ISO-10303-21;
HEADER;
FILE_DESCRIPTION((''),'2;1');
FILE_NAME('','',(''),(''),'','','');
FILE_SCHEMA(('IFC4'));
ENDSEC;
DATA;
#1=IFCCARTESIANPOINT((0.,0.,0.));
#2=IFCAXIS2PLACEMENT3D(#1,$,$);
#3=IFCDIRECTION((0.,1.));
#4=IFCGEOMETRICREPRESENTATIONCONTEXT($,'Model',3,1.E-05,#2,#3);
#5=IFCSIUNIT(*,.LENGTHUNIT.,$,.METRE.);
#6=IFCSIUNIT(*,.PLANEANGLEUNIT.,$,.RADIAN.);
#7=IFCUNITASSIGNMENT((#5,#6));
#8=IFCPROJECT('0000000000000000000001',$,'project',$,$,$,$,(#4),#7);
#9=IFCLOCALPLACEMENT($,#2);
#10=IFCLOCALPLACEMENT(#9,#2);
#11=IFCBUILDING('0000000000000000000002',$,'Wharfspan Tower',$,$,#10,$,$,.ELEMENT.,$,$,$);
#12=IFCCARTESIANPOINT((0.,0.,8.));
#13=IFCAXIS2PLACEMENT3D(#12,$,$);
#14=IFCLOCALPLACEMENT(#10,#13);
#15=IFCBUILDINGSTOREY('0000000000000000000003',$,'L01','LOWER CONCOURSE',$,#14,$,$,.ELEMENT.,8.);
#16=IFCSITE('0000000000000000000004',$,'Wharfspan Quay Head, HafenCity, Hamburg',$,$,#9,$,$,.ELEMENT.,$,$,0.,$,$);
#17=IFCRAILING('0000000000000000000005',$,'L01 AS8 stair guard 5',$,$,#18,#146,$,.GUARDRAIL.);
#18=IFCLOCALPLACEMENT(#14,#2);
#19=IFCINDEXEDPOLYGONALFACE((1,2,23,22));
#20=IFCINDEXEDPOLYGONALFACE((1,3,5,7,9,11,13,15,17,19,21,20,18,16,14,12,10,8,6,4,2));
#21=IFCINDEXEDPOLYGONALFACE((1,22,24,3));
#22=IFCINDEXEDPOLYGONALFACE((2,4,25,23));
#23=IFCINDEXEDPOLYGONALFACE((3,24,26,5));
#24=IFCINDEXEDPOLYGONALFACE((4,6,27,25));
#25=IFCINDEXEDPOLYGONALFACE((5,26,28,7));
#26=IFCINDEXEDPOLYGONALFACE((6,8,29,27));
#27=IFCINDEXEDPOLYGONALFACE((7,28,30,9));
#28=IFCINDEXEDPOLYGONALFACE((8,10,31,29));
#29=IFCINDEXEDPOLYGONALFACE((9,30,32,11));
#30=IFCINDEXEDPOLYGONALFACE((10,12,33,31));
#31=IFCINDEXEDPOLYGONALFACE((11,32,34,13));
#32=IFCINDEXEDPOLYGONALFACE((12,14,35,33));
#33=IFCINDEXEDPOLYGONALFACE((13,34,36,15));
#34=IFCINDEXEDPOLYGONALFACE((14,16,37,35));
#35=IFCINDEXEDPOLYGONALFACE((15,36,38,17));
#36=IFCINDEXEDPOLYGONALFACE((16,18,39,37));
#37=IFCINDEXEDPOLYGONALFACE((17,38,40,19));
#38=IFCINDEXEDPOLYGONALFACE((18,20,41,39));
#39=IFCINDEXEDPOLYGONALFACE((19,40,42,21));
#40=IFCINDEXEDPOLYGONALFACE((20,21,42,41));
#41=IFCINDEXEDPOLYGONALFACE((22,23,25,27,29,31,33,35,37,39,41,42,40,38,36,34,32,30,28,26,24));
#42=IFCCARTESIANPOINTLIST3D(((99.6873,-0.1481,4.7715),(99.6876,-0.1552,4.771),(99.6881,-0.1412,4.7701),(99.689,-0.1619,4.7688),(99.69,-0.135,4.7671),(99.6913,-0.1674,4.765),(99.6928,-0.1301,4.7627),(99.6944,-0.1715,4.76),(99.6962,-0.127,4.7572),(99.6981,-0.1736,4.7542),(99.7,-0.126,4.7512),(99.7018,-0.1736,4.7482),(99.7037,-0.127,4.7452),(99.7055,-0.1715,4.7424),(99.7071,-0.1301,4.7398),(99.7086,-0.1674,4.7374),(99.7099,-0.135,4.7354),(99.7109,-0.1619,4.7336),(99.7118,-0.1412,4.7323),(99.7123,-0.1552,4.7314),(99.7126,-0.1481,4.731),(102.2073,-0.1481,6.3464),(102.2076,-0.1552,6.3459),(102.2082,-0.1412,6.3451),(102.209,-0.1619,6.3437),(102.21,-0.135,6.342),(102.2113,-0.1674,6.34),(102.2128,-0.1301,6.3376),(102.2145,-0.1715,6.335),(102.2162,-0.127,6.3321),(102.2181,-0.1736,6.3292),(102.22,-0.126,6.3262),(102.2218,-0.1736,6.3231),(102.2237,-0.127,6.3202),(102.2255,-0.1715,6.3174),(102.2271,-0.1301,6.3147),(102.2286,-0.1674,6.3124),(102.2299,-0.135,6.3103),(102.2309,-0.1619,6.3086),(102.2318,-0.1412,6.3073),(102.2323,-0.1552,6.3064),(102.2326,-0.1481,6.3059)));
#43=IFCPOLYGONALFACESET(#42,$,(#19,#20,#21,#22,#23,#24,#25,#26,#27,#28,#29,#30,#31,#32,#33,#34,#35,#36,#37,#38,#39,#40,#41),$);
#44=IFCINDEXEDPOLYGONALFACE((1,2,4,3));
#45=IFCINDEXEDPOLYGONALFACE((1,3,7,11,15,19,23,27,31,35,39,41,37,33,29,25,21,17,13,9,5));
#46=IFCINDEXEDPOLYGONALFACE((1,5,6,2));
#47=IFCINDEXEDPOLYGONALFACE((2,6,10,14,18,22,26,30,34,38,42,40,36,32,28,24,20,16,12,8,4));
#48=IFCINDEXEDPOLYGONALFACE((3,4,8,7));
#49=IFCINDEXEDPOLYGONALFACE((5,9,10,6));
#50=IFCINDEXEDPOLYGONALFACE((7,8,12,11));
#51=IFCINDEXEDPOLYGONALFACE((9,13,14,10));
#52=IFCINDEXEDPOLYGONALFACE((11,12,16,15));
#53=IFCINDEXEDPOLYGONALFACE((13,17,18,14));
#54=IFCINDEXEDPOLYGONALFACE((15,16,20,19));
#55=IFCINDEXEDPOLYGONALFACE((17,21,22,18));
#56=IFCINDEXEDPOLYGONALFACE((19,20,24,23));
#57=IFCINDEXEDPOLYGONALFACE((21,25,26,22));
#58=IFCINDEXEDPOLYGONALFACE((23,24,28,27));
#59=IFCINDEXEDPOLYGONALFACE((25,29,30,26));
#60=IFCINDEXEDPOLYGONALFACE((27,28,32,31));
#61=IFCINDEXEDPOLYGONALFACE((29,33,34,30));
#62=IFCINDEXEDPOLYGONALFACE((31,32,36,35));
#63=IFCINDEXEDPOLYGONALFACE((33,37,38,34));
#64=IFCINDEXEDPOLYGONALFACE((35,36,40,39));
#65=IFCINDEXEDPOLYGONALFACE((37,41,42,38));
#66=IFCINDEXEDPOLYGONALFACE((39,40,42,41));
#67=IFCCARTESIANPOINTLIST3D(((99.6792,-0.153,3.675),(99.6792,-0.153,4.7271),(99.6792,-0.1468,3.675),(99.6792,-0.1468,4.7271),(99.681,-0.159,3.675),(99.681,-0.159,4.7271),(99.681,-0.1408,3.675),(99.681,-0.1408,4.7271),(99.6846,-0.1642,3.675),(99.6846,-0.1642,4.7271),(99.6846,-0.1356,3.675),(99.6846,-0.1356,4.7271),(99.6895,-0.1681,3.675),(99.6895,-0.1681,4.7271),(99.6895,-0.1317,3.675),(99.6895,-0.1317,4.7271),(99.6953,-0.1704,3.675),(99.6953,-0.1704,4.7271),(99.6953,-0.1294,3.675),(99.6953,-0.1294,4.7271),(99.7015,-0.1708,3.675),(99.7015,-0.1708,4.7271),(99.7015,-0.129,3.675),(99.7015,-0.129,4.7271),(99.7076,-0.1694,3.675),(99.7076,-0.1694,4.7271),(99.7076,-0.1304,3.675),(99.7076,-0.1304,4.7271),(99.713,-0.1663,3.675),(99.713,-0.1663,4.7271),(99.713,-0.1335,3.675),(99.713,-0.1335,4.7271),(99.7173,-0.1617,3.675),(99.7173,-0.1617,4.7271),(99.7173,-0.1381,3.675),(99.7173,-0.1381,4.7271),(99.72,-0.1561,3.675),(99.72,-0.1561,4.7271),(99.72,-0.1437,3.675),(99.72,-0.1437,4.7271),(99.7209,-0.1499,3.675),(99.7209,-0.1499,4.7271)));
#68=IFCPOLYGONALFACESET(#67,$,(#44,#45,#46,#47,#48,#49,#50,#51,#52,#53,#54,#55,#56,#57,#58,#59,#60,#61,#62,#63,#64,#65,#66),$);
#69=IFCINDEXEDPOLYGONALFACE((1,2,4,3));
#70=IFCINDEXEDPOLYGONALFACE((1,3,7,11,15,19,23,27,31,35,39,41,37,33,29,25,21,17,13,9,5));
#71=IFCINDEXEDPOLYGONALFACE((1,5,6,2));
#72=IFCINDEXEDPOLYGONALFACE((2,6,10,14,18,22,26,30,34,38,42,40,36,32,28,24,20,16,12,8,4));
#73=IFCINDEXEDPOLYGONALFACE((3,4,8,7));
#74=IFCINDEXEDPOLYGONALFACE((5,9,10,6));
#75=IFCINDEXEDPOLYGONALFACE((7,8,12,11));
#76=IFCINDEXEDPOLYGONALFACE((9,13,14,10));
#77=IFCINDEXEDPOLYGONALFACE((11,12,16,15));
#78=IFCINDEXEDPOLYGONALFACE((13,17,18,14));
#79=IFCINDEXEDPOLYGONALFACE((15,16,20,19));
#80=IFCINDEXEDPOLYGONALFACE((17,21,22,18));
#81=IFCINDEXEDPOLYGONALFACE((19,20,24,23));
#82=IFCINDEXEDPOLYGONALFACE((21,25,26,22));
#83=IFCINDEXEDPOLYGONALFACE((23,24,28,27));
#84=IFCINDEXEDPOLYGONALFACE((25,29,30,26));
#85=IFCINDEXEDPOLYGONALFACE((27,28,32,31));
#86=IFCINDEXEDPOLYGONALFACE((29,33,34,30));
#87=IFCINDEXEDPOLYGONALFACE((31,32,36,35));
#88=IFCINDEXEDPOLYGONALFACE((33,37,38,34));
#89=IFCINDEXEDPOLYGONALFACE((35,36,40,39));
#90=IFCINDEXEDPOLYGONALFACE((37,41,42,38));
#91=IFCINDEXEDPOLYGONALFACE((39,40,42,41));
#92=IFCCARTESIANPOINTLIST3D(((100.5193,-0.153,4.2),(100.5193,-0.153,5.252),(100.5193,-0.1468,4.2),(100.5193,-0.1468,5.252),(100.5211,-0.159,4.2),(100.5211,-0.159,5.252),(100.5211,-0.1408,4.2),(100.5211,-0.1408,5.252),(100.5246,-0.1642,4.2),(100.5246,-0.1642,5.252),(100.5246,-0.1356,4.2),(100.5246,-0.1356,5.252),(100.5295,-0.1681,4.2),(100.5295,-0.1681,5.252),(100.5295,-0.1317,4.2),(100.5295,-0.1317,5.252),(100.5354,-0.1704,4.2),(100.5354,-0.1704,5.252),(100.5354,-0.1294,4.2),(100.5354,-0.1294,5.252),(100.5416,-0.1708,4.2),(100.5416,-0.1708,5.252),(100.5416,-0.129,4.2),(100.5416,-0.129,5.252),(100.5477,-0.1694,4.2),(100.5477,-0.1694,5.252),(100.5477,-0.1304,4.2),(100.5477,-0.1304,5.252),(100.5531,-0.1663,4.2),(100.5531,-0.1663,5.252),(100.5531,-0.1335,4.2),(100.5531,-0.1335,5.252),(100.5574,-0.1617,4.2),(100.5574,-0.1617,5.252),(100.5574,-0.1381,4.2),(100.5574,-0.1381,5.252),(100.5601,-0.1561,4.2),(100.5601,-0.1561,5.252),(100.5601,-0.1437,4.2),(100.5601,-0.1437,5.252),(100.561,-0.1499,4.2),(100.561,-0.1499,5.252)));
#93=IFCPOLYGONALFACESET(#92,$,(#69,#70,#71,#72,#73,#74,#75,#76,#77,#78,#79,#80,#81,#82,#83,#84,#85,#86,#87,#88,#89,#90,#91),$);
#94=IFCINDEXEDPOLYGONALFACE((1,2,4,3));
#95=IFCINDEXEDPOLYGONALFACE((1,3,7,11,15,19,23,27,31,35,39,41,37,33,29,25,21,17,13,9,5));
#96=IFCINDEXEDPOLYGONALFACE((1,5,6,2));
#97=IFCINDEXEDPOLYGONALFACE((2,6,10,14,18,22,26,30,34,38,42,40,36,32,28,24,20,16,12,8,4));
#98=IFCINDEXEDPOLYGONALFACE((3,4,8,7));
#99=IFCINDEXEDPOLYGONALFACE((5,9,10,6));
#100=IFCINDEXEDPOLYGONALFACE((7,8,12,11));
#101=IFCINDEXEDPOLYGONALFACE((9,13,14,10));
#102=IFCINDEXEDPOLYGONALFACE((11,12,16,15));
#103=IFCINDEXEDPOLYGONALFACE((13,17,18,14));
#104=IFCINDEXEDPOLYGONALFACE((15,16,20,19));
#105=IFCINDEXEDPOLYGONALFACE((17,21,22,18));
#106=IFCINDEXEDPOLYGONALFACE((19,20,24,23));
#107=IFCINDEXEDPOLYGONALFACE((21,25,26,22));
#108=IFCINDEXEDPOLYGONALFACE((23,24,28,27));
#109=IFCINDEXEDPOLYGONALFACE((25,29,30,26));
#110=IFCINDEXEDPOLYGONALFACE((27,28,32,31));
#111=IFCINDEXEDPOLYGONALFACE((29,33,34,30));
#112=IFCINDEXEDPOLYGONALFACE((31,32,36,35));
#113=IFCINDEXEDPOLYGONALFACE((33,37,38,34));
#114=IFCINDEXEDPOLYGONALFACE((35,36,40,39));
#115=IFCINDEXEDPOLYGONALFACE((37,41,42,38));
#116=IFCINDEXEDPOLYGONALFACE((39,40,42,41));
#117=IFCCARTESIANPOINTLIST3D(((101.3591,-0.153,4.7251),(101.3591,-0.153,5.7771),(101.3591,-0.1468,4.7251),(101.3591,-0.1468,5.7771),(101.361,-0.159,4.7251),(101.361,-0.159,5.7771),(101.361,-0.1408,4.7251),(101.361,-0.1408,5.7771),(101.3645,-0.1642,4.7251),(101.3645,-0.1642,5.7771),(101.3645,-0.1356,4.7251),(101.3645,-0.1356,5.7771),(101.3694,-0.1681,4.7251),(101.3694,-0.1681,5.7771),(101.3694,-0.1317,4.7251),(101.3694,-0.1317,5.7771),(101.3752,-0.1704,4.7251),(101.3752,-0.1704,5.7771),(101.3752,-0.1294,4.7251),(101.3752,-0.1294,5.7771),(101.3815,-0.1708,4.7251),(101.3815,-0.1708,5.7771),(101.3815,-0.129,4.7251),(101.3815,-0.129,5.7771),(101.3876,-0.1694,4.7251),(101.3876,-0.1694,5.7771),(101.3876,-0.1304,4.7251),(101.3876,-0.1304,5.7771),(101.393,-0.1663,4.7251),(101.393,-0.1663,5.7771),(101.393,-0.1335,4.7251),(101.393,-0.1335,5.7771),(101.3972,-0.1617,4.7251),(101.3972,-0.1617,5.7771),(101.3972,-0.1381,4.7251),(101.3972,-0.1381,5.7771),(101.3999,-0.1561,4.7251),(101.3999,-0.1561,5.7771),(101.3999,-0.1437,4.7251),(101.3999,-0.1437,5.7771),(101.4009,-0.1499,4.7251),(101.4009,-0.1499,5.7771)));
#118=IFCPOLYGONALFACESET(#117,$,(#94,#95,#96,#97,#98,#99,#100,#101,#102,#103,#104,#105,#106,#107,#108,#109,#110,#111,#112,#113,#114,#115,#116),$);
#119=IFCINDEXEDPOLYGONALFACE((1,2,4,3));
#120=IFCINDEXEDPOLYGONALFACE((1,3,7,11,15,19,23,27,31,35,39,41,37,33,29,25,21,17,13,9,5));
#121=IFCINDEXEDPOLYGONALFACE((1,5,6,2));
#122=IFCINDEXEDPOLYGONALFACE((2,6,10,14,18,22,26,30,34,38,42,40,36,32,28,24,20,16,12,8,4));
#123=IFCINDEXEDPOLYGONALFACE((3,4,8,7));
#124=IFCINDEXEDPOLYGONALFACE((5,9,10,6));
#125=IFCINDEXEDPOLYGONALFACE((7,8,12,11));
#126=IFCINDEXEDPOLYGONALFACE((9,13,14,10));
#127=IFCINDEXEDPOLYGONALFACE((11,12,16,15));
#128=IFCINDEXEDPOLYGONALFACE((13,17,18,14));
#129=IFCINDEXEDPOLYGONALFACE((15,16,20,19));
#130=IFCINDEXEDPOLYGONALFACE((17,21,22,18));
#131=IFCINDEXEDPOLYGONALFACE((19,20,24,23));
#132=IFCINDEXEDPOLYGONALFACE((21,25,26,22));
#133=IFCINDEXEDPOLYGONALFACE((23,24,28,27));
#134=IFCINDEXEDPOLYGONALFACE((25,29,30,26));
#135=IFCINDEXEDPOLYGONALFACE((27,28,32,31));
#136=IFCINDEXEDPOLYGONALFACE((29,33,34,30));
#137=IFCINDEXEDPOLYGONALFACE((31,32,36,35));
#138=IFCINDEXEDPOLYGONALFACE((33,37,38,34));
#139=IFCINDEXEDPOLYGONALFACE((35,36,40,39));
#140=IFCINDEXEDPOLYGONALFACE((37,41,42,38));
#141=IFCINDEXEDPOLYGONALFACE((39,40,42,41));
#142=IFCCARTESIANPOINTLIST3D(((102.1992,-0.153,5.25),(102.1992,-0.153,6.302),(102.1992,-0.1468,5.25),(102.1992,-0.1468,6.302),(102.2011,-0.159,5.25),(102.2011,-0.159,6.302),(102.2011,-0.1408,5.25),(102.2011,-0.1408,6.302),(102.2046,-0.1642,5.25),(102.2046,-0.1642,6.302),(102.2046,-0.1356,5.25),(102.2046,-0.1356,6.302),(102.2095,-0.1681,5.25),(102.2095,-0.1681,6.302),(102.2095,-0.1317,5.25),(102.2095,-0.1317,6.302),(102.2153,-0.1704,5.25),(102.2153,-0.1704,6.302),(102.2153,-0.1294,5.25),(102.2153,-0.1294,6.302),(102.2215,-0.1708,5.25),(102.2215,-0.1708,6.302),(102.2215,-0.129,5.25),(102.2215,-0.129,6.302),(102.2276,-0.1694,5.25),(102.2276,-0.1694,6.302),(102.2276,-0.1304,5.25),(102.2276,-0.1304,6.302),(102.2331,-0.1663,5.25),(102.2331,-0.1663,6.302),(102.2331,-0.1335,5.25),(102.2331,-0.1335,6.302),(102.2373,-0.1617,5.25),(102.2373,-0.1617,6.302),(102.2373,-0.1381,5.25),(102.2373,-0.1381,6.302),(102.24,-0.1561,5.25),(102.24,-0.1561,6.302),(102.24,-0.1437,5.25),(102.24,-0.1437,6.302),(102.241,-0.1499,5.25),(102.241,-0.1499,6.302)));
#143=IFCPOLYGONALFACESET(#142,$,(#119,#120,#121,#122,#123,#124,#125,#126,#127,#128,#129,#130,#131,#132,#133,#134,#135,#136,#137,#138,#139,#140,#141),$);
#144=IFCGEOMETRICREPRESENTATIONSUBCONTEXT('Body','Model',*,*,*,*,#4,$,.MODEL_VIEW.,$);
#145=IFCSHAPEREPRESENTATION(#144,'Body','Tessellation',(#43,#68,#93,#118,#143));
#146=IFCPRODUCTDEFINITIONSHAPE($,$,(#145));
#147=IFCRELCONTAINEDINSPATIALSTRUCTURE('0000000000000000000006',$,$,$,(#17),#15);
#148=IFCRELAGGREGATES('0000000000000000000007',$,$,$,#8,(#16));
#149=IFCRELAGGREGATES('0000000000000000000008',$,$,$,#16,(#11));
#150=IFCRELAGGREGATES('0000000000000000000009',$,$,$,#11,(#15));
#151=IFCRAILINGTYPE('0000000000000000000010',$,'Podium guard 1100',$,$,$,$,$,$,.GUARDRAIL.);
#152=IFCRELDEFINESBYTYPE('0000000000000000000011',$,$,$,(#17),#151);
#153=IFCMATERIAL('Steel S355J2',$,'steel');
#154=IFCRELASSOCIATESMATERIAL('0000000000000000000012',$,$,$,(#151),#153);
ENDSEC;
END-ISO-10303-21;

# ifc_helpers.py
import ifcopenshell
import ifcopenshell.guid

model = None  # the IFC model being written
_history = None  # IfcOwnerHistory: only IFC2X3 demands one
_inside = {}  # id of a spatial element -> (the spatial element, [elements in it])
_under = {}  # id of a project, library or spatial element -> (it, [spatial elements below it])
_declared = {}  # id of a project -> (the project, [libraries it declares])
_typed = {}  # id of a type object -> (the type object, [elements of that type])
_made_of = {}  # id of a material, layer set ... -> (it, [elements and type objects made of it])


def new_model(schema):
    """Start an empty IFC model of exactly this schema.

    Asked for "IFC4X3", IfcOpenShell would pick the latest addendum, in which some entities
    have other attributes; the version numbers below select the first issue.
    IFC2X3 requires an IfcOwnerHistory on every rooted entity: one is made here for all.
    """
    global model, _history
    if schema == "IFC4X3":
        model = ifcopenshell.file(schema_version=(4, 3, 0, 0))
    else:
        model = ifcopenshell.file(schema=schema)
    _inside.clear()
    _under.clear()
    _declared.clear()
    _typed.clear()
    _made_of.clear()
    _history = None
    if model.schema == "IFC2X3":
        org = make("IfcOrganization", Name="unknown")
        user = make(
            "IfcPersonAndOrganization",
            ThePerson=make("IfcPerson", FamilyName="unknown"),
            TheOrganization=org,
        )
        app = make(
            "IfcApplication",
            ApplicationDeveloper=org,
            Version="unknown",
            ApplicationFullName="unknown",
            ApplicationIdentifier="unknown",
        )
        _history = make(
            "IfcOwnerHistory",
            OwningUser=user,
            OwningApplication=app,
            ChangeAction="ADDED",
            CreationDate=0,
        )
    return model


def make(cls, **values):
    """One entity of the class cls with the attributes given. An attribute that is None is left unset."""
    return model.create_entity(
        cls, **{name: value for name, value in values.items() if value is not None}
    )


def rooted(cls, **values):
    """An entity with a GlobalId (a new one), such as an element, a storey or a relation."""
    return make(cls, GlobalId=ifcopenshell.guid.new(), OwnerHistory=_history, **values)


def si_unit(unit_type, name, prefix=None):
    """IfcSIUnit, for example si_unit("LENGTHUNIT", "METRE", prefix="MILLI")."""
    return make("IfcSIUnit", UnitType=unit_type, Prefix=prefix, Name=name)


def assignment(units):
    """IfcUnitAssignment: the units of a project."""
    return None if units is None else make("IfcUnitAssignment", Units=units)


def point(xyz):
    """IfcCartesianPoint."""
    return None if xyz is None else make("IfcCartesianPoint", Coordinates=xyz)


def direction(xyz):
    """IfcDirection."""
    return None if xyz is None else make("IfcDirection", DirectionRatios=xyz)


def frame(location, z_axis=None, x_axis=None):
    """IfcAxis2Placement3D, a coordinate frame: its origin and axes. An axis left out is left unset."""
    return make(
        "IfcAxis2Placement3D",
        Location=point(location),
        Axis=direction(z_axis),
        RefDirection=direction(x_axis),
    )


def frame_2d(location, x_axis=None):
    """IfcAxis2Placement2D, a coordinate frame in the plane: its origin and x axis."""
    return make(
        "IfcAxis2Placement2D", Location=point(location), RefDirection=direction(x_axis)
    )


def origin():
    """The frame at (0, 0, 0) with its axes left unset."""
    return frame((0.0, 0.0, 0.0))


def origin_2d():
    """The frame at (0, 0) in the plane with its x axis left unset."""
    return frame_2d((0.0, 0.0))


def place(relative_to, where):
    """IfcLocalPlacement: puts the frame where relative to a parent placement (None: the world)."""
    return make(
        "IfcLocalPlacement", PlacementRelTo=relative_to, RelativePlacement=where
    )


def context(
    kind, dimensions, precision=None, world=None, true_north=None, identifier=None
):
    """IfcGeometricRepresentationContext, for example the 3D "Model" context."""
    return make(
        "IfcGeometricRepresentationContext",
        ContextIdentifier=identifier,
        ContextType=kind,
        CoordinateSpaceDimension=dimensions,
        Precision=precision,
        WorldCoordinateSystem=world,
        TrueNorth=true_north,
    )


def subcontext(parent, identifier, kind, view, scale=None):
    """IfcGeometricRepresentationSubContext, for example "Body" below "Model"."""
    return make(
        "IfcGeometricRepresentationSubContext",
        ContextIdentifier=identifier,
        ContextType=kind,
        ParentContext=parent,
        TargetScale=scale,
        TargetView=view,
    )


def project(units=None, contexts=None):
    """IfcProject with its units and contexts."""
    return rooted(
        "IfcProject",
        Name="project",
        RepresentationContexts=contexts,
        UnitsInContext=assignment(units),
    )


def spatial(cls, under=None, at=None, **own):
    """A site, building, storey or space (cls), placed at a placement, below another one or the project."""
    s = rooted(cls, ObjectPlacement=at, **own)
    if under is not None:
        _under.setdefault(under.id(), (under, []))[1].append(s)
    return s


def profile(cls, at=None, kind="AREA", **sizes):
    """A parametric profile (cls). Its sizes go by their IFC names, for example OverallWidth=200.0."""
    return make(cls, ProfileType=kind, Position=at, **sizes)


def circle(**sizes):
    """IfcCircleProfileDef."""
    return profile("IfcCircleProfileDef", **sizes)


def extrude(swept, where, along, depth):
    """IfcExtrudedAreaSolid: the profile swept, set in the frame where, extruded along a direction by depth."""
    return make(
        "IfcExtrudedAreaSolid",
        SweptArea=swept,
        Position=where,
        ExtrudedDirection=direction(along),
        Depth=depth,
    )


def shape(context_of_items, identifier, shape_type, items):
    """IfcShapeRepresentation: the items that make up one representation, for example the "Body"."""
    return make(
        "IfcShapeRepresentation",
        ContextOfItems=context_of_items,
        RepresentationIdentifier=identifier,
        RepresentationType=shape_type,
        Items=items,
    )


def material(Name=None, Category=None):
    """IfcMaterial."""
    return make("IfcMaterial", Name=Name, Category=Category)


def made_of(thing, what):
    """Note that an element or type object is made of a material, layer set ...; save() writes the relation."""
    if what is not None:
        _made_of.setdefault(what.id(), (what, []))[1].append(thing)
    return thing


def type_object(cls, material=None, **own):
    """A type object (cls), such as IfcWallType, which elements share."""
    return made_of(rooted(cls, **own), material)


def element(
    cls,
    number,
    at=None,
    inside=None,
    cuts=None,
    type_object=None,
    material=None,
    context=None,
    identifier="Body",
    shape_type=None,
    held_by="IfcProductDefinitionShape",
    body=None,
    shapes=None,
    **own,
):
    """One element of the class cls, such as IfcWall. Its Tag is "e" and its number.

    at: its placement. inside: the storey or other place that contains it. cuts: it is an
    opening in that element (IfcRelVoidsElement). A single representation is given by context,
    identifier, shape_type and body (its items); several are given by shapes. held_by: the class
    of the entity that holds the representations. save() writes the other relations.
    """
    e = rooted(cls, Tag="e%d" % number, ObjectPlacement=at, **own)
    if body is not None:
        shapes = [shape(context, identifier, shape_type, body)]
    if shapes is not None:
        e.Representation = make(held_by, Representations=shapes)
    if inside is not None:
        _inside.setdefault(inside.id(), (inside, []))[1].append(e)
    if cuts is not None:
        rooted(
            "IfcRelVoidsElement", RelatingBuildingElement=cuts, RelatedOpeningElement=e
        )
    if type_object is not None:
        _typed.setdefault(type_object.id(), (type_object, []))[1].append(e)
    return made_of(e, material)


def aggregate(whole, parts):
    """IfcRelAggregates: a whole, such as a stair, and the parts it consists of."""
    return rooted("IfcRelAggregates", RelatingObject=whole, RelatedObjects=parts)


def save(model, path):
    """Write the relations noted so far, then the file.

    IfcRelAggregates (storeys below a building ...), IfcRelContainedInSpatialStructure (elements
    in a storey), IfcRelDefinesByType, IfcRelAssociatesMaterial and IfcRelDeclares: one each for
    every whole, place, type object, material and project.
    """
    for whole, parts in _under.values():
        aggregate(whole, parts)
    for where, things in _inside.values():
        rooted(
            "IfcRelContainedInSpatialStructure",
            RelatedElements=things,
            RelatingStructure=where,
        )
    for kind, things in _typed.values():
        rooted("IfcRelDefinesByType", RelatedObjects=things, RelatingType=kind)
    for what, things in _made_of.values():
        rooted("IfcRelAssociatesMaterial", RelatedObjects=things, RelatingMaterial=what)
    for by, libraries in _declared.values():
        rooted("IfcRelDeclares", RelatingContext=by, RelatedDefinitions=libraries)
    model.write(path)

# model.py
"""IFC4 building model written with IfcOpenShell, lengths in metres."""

from ifc_helpers import new_model, si_unit, direction, frame, origin, origin_2d, place, context, subcontext, project, spatial, circle, extrude, material, type_object, element, save


model = new_model("IFC4")

# Units and contexts
model_context = context("Model", 3, precision=1e-05, world=origin(), true_north=direction((0.0, 1.0)))
body_context = subcontext(model_context, "Body", "Model", "MODEL_VIEW")
ifc_project = project(units=[si_unit("LENGTHUNIT", "METRE"), si_unit("PLANEANGLEUNIT", "RADIAN")], contexts=[model_context])

# Site, building, storey
site_placement = place(None, origin())
site = spatial("IfcSite", under=ifc_project, at=site_placement, Name="Wharfspan Quay Head, HafenCity, Hamburg", CompositionType="ELEMENT", RefElevation=0.0)
building_placement = place(site_placement, origin())
building = spatial("IfcBuilding", under=site, at=building_placement, Name="Wharfspan Tower", CompositionType="ELEMENT")
storey_placement = place(building_placement, frame((0.0, 0.0, 8.0)))
storey = spatial("IfcBuildingStorey", under=building, at=storey_placement, Name="L01", Description="LOWER CONCOURSE", CompositionType="ELEMENT", Elevation=8.0)

# Railing
ifc_material_1 = material(Name="Steel S355J2", Category="steel")
railing_type_1 = type_object("IfcRailingType", Name="Podium guard 1100", PredefinedType="GUARDRAIL", material=ifc_material_1)
railing_1_placement = place(storey_placement, frame((99.7, -0.1499, 3.675)))
element("IfcRailing", 1, at=railing_1_placement, inside=storey, type_object=railing_type_1, Name="L01 AS8 stair guard 5", PredefinedType="GUARDRAIL", context=body_context, shape_type="SweptSolid", body=[
    extrude(circle(Radius=0.0239, at=origin_2d()), frame((0.0, 0.0, 1.0762), z_axis=(0.848008, 0.0, 0.529984), x_axis=(0.0, 1.0, 0.0)), (0.0, 0.0, 1.0), 2.9717),
    extrude(circle(Radius=0.021, at=origin_2d()), origin(), (0.0, 0.0, 1.0), 1.052),
    extrude(circle(Radius=0.021, at=origin_2d()), frame((0.8401, 0.0, 0.5249)), (0.0, 0.0, 1.0), 1.052),
    extrude(circle(Radius=0.021, at=origin_2d()), frame((1.6799, 0.0, 1.05)), (0.0, 0.0, 1.0), 1.052),
    extrude(circle(Radius=0.021, at=origin_2d()), frame((2.52, 0.0, 1.575)), (0.0, 0.0, 1.0), 1.052),
])

save(model, "model.ifc")
